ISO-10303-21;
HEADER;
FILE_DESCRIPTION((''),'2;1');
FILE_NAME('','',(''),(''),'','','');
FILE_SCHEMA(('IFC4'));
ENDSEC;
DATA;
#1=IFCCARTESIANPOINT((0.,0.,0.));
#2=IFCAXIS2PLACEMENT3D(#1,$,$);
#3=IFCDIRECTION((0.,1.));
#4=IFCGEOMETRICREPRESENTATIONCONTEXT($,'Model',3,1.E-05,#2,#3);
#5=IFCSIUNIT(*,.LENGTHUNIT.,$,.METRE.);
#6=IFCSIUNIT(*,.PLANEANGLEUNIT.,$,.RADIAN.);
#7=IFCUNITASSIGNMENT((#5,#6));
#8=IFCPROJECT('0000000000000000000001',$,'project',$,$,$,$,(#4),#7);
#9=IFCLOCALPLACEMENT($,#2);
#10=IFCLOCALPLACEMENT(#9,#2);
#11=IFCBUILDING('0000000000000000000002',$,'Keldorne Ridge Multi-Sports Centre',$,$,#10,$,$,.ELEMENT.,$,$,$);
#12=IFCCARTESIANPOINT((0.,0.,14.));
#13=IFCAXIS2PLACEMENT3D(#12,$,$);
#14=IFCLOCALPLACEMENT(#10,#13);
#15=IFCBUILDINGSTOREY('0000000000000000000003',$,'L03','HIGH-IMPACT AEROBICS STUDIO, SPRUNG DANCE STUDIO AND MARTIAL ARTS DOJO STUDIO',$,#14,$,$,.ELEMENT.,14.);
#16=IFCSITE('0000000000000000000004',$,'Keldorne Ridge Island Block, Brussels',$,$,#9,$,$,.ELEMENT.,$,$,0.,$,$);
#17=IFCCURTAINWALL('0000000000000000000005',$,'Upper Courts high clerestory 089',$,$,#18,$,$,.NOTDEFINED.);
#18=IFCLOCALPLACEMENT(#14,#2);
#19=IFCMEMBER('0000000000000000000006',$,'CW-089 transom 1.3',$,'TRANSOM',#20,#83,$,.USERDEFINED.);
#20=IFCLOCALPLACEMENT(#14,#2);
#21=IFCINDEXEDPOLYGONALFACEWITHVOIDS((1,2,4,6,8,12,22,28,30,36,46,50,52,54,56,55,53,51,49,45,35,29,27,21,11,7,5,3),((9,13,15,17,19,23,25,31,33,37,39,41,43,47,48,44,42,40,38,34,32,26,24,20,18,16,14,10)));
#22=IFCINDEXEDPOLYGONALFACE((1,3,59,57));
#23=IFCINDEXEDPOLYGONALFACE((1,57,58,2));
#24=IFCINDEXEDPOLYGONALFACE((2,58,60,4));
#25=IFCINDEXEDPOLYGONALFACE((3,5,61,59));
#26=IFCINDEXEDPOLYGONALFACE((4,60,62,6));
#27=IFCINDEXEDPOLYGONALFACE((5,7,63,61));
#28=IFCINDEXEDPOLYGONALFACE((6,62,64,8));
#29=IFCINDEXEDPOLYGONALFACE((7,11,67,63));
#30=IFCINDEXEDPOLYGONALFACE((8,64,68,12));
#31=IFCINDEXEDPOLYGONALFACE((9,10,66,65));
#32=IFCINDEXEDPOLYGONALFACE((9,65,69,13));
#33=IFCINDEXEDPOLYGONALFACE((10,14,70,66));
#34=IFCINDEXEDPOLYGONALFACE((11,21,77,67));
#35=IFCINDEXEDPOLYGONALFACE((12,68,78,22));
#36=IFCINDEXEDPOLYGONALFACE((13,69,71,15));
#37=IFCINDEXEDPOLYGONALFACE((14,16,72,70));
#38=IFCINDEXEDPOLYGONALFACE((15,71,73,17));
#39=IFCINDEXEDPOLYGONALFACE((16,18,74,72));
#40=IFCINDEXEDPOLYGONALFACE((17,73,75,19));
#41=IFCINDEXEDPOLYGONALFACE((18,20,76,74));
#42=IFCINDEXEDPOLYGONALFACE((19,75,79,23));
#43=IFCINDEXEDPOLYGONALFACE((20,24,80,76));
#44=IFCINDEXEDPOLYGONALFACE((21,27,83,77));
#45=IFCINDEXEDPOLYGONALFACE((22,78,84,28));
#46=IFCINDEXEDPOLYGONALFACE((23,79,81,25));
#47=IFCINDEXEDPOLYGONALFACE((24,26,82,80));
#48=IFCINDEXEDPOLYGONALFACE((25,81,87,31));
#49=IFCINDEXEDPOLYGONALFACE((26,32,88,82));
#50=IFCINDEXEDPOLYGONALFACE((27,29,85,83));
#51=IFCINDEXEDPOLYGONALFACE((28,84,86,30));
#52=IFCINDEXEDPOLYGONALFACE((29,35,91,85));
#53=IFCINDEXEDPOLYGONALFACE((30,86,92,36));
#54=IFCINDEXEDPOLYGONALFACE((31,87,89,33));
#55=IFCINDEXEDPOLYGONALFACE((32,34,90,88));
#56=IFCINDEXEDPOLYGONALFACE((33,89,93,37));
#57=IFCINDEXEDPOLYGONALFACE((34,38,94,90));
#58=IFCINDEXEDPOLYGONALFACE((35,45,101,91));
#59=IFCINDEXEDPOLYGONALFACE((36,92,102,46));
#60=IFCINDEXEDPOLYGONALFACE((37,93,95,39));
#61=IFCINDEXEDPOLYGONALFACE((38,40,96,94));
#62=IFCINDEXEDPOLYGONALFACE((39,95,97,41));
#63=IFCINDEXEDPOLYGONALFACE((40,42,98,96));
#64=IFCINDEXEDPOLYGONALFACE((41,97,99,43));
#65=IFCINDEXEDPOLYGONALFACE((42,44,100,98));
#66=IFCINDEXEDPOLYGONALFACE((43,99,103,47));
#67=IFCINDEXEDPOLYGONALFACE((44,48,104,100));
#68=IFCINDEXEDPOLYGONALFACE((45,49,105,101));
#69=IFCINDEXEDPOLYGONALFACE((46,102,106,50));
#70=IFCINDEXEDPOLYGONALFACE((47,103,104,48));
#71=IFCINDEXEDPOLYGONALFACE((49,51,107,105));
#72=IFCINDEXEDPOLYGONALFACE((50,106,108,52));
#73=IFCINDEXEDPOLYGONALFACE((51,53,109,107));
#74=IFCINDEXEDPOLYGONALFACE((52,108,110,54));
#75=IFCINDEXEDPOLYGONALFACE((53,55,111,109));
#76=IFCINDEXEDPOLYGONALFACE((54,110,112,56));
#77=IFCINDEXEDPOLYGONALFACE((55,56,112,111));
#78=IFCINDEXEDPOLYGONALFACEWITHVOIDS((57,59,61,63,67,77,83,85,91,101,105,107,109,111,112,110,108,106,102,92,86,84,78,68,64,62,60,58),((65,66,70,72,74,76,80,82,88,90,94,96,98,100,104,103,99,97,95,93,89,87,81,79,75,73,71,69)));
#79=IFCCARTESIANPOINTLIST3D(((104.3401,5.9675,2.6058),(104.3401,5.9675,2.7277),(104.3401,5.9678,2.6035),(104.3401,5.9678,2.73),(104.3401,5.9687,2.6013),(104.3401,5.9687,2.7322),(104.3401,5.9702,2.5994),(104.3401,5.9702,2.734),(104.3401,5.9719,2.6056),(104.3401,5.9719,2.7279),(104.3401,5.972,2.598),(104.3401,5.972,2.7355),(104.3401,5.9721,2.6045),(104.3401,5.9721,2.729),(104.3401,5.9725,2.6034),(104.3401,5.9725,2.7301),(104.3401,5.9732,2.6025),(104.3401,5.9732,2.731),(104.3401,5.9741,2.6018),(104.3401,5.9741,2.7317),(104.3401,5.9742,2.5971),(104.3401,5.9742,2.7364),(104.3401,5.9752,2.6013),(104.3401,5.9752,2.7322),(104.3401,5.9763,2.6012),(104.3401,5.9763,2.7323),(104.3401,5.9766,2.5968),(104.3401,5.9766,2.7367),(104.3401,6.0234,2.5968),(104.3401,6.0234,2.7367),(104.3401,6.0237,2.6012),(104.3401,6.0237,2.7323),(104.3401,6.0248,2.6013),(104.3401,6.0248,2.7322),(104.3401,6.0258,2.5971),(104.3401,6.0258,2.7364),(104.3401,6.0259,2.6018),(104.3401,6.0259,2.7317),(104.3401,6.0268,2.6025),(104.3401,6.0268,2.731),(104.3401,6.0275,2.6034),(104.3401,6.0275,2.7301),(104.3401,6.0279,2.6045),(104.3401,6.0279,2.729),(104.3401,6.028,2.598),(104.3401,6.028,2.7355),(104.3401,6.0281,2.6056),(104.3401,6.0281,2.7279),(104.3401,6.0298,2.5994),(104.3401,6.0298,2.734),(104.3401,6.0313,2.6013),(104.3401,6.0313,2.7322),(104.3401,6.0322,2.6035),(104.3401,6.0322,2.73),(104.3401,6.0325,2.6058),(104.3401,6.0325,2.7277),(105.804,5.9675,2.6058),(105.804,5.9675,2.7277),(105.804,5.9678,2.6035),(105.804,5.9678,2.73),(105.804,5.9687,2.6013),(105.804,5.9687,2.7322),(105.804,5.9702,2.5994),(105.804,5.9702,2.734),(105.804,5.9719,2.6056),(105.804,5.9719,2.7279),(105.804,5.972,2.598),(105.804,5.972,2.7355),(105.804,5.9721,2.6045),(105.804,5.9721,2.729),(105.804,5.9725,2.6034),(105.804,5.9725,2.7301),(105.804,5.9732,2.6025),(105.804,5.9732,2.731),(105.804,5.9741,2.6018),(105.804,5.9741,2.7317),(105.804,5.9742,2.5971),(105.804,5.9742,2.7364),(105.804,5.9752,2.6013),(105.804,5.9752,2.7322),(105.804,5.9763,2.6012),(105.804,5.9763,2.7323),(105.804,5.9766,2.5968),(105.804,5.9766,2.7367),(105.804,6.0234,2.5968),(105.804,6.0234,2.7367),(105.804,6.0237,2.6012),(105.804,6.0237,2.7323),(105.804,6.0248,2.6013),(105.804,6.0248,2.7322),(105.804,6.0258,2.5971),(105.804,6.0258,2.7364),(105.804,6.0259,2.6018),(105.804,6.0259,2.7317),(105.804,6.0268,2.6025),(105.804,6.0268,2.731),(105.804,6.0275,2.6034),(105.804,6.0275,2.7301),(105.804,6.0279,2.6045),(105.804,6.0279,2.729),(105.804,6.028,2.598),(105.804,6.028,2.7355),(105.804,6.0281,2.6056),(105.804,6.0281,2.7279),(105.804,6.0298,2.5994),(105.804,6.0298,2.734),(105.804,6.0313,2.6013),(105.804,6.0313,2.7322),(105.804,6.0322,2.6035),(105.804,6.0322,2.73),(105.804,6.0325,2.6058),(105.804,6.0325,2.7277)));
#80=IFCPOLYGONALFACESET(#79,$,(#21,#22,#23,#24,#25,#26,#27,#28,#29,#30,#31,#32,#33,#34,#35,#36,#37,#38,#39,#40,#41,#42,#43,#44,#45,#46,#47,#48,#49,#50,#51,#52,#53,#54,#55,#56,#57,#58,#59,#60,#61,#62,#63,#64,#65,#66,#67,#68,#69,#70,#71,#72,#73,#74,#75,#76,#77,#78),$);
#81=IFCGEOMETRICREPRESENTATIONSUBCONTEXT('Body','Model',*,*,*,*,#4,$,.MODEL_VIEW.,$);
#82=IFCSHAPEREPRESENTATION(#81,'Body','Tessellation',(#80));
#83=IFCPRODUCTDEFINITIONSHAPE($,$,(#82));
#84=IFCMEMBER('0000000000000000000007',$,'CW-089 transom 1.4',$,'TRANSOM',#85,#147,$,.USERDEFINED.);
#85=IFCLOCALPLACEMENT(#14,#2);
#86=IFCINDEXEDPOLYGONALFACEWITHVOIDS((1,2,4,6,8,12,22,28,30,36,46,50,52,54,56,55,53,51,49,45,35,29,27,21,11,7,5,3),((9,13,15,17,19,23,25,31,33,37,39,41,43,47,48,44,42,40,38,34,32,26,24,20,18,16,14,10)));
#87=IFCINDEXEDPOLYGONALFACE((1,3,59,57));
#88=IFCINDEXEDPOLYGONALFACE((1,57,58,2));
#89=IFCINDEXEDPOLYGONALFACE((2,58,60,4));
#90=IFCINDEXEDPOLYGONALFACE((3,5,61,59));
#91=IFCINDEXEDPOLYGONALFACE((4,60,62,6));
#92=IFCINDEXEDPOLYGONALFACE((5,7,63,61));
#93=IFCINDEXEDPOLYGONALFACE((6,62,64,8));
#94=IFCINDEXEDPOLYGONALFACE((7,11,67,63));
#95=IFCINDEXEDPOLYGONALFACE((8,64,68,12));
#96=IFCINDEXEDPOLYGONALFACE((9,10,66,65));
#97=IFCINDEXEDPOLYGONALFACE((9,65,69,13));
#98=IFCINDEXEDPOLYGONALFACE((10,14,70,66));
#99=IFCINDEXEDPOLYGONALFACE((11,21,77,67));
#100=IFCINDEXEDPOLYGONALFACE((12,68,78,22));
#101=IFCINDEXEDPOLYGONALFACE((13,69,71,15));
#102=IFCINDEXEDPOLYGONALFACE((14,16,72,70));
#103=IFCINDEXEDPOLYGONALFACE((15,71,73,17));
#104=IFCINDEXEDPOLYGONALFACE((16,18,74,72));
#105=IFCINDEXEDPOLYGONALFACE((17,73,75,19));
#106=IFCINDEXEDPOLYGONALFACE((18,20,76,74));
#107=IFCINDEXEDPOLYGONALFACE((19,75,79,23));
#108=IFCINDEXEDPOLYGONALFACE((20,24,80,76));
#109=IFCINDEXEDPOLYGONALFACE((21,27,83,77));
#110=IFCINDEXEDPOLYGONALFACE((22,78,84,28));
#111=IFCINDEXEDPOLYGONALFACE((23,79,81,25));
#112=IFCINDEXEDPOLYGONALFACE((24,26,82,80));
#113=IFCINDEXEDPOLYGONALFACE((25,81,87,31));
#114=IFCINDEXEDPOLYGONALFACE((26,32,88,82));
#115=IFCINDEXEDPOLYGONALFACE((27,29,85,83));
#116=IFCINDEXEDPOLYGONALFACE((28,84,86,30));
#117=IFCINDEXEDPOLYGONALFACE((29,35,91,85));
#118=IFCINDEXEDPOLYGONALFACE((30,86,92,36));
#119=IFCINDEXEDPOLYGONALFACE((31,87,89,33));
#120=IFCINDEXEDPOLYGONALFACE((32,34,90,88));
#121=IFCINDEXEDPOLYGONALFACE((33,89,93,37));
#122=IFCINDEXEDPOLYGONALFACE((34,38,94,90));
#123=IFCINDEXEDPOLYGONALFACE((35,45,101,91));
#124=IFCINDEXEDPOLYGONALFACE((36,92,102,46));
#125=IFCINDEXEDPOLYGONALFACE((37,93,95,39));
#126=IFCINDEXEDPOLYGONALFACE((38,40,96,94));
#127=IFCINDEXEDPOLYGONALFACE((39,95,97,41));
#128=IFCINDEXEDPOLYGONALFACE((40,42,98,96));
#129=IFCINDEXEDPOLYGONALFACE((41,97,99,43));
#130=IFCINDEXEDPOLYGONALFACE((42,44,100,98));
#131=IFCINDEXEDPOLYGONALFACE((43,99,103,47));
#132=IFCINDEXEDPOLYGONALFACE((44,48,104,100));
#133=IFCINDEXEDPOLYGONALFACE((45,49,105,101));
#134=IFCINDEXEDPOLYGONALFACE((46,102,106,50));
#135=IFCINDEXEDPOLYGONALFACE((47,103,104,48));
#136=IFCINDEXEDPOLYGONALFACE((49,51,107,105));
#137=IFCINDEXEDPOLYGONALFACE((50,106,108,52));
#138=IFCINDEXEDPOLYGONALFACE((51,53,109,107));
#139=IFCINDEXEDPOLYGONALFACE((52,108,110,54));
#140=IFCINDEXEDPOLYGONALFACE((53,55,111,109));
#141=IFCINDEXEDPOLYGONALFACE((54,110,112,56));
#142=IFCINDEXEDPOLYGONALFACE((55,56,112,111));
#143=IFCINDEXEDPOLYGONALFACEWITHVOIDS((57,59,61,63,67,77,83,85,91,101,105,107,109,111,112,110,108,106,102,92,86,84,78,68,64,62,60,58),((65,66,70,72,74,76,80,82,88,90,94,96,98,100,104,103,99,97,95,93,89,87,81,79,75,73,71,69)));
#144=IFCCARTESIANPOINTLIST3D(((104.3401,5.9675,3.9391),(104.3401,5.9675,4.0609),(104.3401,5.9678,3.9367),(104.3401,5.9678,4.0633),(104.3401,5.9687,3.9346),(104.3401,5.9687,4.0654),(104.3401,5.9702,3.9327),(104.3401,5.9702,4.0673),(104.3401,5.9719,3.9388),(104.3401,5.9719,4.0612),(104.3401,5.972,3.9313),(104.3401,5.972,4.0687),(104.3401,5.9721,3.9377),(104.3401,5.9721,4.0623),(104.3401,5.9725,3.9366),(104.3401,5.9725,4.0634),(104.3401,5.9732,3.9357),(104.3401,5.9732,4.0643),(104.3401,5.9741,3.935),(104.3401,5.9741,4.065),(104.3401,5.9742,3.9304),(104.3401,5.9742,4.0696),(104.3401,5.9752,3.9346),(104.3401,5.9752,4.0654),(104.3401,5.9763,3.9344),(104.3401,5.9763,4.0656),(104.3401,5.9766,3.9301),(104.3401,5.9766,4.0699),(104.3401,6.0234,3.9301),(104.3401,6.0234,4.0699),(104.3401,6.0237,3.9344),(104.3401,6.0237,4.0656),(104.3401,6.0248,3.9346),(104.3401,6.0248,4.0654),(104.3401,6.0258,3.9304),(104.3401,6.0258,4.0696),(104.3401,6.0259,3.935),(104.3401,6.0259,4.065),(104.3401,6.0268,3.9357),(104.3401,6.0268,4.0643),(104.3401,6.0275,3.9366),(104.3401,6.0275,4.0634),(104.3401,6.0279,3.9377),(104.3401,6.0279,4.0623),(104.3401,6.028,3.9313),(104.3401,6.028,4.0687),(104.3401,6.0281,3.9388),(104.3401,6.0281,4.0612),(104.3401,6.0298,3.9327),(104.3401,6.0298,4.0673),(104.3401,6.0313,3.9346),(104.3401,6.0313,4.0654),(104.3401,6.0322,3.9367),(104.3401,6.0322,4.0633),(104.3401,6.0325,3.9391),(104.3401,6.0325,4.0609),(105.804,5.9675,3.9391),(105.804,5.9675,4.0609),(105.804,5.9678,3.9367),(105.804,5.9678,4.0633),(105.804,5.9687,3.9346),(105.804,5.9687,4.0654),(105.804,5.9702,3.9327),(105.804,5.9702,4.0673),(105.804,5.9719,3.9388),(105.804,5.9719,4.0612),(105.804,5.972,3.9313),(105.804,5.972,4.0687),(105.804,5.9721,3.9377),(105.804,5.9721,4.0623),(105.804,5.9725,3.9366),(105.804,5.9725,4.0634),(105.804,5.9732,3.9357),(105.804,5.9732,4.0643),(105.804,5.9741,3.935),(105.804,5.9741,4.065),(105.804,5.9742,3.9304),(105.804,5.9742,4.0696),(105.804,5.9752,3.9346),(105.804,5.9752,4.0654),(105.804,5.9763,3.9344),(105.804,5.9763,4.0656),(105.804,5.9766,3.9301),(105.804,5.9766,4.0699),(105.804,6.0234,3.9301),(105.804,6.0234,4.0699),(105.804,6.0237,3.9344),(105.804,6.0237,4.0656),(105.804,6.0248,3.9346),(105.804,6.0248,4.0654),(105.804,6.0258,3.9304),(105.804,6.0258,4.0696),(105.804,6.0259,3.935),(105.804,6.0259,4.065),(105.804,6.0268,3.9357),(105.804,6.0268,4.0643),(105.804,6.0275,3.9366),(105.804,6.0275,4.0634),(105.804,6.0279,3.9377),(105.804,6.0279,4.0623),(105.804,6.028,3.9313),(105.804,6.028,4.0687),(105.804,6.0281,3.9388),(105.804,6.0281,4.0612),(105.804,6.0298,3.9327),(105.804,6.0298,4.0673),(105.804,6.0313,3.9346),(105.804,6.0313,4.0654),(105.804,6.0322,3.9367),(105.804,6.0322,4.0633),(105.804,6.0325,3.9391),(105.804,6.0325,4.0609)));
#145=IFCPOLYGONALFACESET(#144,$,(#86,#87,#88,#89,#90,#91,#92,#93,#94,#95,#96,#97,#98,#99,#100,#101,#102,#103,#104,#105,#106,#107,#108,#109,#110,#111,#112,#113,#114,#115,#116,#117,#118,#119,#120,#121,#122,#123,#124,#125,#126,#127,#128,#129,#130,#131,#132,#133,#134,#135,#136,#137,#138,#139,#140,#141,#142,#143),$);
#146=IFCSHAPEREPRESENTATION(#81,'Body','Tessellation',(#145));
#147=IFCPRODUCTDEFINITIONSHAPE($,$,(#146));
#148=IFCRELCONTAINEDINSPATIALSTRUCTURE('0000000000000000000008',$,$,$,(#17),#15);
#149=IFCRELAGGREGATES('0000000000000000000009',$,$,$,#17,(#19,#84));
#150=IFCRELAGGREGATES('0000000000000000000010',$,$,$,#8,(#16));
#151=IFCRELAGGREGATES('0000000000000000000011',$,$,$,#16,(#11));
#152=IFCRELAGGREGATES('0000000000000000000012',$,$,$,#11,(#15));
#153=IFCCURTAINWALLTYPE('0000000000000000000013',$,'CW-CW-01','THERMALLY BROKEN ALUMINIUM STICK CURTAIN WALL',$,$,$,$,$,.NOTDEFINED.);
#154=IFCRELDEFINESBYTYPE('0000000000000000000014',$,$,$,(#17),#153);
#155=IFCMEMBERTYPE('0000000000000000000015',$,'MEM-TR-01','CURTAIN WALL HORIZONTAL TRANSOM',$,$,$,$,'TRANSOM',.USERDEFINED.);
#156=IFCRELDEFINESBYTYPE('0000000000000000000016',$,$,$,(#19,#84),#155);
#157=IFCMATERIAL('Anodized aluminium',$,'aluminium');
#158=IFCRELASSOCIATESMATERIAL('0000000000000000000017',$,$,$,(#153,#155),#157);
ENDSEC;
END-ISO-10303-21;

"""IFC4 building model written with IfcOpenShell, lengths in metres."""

from ifc_helpers import new_model, si_unit, direction, frame, origin, origin_2d, place, context, subcontext, project, spatial, hollow_rectangle, extrude, material, material_profile, profile_set, type_object, element, aggregate, save


model = new_model("IFC4")

# Units and contexts
model_context = context("Model", 3, precision=1e-05, world=origin(), true_north=direction((0.0, 1.0)))
body_context = subcontext(model_context, "Body", "Model", "MODEL_VIEW")
ifc_project = project(units=[si_unit("LENGTHUNIT", "METRE"), si_unit("PLANEANGLEUNIT", "RADIAN")], contexts=[model_context])

# Site, building, storey
site_placement = place(None, origin())
site = spatial("IfcSite", under=ifc_project, at=site_placement, Name="Keldorne Ridge Island Block, Brussels", CompositionType="ELEMENT", RefElevation=0.0)
building_placement = place(site_placement, origin())
building = spatial("IfcBuilding", under=site, at=building_placement, Name="Keldorne Ridge Multi-Sports Centre", CompositionType="ELEMENT")
storey_placement = place(building_placement, frame((0.0, 0.0, 14.0)))
storey = spatial("IfcBuildingStorey", under=building, at=storey_placement, Name="L03", Description="HIGH-IMPACT AEROBICS STUDIO, SPRUNG DANCE STUDIO AND MARTIAL ARTS DOJO STUDIO", CompositionType="ELEMENT", Elevation=14.0)

# Curtain wall, members
ifc_material_1 = material(Name="Anodized aluminium", Category="aluminium")
curtain_wall_type = type_object("IfcCurtainWallType", Name="CW-CW-01", Description="THERMALLY BROKEN ALUMINIUM STICK CURTAIN WALL", PredefinedType="NOTDEFINED", material=ifc_material_1)
curtain_wall_placement = place(storey_placement, origin())
curtain_wall = element("IfcCurtainWall", 1, at=curtain_wall_placement, inside=storey, type_object=curtain_wall_type, Name="Upper Courts high clerestory 089", PredefinedType="NOTDEFINED")
ifc_material_profile_1 = material_profile(ifc_material_1, hollow_rectangle(XDim=0.0649, YDim=0.1399, WallThickness=0.0044, InnerFilletRadius=0.0044, OuterFilletRadius=0.009, at=origin_2d()), Name="ALU TRANSOM 140x65x4.5")
ifc_profile_set_1 = profile_set([ifc_material_profile_1], Name="Anodized aluminium")
member_type_1 = type_object("IfcMemberType", Name="MEM-TR-01", Description="CURTAIN WALL HORIZONTAL TRANSOM", ElementType="TRANSOM", PredefinedType="USERDEFINED", material=ifc_profile_set_1)
member_1_placement = place(storey_placement, frame((104.3401, 6.0, 2.6667), z_axis=(1.0, 0.0, 0.0), x_axis=(0.0, 1.0, 0.0)))
member_1 = element("IfcMember", 2, at=member_1_placement, type_object=member_type_1, Name="CW-089 transom 1.3", ObjectType="TRANSOM", PredefinedType="USERDEFINED", context=body_context, shape_type="SweptSolid", body=[
    extrude(hollow_rectangle(XDim=0.0649, YDim=0.1399, WallThickness=0.0044, InnerFilletRadius=0.0044, OuterFilletRadius=0.009, at=origin_2d()), origin(), (0.0, 0.0, 1.0), 1.4639),
])
member_2_placement = place(storey_placement, frame((104.3401, 6.0, 4.0), z_axis=(1.0, 0.0, 0.0), x_axis=(0.0, 1.0, 0.0)))
member_2 = element("IfcMember", 3, at=member_2_placement, type_object=member_type_1, Name="CW-089 transom 1.4", ObjectType="TRANSOM", PredefinedType="USERDEFINED", context=body_context, shape_type="SweptSolid", body=[
    extrude(hollow_rectangle(XDim=0.0649, YDim=0.1399, WallThickness=0.0044, InnerFilletRadius=0.0044, OuterFilletRadius=0.009, at=origin_2d()), origin(), (0.0, 0.0, 1.0), 1.4639),
])
aggregate(curtain_wall, [member_1, member_2])

save(model, "model.ifc")
